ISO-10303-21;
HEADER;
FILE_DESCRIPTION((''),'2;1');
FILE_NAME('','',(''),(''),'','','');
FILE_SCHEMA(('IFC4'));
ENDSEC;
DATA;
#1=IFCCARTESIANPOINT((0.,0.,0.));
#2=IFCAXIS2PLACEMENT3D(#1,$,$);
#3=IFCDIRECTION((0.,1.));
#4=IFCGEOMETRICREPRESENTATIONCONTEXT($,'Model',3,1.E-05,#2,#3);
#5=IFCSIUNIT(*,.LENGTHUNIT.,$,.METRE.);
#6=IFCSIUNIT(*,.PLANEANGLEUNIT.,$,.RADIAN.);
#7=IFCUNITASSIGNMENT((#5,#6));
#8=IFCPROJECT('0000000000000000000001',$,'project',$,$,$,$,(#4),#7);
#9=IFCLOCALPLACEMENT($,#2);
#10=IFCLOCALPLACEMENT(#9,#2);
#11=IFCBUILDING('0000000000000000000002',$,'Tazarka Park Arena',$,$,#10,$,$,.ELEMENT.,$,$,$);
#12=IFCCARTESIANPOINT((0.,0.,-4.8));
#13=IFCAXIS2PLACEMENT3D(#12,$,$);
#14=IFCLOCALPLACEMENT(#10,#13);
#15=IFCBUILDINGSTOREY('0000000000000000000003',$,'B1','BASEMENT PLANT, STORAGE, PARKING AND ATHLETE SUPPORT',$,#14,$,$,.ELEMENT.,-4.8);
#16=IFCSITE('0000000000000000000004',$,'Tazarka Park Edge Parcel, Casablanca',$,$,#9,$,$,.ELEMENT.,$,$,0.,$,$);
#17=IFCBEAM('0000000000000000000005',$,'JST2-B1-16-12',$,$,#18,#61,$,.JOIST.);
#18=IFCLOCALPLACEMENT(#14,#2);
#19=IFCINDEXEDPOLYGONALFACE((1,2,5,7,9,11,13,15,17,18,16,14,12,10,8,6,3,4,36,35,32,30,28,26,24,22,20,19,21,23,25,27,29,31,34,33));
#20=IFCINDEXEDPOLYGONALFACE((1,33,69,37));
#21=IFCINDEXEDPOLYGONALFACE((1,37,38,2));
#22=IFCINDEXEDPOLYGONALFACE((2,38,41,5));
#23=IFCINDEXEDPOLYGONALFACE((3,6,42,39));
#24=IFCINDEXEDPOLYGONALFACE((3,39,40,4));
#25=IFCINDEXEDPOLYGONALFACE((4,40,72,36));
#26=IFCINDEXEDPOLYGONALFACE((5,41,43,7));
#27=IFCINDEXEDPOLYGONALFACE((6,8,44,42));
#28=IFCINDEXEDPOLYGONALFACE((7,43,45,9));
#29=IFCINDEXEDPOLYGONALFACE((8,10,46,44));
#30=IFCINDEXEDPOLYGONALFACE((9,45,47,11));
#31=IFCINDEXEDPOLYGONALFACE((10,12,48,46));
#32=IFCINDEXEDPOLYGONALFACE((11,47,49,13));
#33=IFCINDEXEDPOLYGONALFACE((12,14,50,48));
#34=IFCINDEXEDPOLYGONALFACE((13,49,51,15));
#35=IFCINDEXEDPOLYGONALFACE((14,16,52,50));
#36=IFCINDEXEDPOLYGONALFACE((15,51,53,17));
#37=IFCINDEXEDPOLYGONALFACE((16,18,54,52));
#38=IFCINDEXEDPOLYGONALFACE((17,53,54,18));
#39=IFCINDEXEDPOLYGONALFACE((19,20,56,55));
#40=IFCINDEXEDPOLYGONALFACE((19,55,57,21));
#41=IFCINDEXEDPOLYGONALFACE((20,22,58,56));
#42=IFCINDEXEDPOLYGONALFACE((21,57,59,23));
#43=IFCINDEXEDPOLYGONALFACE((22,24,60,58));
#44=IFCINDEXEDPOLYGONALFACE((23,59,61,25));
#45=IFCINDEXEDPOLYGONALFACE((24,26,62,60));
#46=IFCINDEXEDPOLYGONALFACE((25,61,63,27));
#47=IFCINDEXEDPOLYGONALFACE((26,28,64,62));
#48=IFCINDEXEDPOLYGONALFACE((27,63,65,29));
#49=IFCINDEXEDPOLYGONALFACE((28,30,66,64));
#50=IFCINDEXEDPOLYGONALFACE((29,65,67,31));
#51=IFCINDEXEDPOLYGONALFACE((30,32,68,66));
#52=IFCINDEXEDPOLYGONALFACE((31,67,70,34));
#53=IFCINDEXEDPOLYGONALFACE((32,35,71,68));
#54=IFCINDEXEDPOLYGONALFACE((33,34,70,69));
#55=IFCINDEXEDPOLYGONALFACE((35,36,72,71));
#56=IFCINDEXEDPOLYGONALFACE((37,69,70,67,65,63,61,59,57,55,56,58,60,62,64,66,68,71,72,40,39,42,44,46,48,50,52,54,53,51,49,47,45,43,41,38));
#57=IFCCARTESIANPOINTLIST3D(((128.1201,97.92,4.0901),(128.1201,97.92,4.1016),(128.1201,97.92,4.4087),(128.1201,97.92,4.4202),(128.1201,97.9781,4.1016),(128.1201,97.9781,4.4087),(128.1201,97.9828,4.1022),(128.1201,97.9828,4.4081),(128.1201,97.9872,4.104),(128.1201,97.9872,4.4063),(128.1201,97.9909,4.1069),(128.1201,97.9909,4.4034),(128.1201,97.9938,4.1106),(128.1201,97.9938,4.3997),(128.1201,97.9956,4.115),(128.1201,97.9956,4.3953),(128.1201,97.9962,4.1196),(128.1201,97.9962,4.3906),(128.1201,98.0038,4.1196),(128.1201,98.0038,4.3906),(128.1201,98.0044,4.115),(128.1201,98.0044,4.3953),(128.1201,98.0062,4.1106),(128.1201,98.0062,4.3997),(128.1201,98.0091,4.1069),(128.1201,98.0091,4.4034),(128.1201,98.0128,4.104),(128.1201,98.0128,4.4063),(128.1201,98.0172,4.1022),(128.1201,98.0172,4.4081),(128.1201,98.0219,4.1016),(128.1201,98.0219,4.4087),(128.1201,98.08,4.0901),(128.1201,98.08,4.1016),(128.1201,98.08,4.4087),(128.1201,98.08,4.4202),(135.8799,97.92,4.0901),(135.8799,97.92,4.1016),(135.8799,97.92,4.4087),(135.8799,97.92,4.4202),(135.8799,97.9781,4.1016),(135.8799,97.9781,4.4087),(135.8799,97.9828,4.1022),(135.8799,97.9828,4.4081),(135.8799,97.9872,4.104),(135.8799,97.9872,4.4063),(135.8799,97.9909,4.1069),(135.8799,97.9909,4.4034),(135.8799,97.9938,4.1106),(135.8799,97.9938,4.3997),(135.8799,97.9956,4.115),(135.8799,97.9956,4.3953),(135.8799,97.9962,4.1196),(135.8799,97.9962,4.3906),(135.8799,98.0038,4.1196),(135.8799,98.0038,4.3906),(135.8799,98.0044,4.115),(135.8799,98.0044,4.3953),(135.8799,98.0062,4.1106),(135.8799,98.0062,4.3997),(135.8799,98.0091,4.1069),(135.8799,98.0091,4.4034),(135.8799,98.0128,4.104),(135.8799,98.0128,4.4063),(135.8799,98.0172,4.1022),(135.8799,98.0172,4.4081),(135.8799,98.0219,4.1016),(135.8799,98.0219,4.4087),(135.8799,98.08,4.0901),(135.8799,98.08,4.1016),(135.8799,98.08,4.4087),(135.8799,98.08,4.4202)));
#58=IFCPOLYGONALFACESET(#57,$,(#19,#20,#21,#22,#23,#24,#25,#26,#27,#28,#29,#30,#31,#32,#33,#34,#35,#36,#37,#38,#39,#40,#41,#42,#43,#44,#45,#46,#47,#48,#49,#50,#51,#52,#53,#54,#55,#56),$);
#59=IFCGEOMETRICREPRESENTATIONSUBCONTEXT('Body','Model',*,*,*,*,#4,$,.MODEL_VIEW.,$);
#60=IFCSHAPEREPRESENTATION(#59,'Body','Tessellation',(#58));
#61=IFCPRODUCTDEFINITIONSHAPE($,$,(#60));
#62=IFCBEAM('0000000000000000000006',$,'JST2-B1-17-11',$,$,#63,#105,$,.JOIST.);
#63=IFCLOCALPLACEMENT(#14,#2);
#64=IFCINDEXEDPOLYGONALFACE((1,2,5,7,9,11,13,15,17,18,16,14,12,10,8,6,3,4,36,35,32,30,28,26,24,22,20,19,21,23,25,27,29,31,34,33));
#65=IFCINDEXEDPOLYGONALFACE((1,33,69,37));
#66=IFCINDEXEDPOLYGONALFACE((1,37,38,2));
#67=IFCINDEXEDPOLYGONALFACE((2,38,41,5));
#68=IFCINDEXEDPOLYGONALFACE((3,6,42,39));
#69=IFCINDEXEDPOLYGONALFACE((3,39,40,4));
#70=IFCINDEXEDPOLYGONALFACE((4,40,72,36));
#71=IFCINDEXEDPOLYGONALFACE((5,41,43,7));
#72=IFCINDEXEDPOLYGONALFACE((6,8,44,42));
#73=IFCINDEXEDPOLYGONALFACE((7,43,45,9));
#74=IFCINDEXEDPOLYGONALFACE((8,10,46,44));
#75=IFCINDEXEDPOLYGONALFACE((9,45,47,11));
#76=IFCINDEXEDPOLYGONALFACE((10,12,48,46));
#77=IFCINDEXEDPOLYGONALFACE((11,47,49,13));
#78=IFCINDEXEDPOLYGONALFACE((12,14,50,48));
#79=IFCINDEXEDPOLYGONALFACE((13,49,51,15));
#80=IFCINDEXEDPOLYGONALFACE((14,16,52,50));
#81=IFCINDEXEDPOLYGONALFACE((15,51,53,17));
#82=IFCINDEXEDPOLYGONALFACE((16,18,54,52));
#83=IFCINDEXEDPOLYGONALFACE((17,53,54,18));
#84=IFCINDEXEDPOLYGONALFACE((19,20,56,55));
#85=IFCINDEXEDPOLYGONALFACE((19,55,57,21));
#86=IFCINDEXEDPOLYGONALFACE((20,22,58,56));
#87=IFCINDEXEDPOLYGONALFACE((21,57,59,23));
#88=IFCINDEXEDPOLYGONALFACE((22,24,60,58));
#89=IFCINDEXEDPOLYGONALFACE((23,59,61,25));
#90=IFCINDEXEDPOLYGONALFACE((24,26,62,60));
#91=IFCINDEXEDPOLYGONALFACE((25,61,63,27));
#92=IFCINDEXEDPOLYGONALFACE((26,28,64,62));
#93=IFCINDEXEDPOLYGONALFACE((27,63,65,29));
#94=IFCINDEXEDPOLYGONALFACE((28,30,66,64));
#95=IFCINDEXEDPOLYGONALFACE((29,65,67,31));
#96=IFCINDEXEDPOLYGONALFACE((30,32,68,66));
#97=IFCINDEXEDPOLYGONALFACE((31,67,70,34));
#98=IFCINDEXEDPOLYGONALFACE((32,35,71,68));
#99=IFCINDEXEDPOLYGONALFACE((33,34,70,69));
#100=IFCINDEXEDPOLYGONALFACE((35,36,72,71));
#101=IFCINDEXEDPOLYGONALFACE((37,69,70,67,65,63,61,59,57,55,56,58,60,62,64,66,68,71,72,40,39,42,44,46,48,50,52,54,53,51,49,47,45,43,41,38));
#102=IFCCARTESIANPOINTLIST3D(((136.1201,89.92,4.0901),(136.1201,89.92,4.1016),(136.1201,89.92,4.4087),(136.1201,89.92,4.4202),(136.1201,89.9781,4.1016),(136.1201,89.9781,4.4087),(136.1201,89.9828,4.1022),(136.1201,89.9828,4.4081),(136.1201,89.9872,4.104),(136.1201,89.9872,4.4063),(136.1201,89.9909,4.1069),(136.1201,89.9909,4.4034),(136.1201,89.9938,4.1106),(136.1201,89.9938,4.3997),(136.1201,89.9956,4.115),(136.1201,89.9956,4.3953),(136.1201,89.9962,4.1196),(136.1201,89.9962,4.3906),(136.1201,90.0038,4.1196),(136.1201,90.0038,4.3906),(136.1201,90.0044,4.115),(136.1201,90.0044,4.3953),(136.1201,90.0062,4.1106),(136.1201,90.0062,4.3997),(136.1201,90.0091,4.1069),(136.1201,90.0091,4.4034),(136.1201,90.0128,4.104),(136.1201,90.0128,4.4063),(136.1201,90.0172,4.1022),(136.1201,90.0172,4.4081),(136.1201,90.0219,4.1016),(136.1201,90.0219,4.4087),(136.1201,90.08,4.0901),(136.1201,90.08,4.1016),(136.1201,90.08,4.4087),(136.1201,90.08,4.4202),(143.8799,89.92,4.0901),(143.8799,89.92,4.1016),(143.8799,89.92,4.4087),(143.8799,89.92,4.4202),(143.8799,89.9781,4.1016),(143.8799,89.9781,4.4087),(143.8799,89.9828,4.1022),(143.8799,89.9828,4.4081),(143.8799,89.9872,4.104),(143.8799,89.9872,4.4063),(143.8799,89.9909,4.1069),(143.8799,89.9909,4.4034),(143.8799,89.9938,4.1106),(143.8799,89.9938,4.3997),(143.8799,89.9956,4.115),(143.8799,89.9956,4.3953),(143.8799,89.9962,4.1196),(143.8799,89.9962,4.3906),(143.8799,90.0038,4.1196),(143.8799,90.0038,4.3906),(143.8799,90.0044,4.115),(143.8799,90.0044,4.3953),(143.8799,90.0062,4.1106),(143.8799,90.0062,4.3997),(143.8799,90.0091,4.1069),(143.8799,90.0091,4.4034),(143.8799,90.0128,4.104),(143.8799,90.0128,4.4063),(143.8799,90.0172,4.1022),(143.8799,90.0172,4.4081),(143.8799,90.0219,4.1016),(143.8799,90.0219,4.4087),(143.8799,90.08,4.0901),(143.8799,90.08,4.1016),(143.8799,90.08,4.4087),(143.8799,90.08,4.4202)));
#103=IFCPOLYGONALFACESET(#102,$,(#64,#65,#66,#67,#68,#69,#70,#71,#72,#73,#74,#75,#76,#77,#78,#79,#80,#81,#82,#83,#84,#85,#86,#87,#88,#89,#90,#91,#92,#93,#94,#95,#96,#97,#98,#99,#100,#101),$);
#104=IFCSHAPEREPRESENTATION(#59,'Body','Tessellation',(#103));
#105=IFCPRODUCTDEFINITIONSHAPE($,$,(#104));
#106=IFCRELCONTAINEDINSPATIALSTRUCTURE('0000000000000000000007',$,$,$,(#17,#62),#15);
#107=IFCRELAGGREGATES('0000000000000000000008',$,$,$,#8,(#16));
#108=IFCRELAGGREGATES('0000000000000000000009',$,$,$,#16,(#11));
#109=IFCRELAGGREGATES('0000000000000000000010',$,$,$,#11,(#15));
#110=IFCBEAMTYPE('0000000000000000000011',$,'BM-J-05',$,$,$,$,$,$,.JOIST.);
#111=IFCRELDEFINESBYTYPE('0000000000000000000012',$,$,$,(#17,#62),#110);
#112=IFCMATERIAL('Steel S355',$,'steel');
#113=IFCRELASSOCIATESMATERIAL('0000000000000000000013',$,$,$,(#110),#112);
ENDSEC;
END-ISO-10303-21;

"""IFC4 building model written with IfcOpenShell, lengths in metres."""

from ifc_helpers import new_model, si_unit, direction, frame, origin, origin_2d, place, context, subcontext, project, spatial, i_section, extrude, material, material_profile, profile_set, type_object, element, save


model = new_model("IFC4")

# Units and contexts
model_context = context("Model", 3, precision=1e-05, world=origin(), true_north=direction((0.0, 1.0)))
body_context = subcontext(model_context, "Body", "Model", "MODEL_VIEW")
ifc_project = project(units=[si_unit("LENGTHUNIT", "METRE"), si_unit("PLANEANGLEUNIT", "RADIAN")], contexts=[model_context])

# Site, building, storey
site_placement = place(None, origin())
site = spatial("IfcSite", under=ifc_project, at=site_placement, Name="Tazarka Park Edge Parcel, Casablanca", CompositionType="ELEMENT", RefElevation=0.0)
building_placement = place(site_placement, origin())
building = spatial("IfcBuilding", under=site, at=building_placement, Name="Tazarka Park Arena", CompositionType="ELEMENT")
storey_placement = place(building_placement, frame((0.0, 0.0, -4.8)))
storey = spatial("IfcBuildingStorey", under=building, at=storey_placement, Name="B1", Description="BASEMENT PLANT, STORAGE, PARKING AND ATHLETE SUPPORT", CompositionType="ELEMENT", Elevation=-4.8)

# Beams
ifc_material_1 = material(Name="Steel S355", Category="steel")
ifc_material_profile_1 = material_profile(ifc_material_1, i_section(OverallWidth=0.1599, OverallDepth=0.3301, WebThickness=0.0076, FlangeThickness=0.0115, FilletRadius=0.0181, at=origin_2d()), Name="Steel S355")
ifc_profile_set_1 = profile_set([ifc_material_profile_1], Name="Steel S355")
beam_type_1 = type_object("IfcBeamType", Name="BM-J-05", PredefinedType="JOIST", material=ifc_profile_set_1)
for number, where, z_axis, x_axis, name in (
    (1, (128.1201, 98.0, 4.2551), (1.0, 0.0, 0.0), (0.0, 1.0, 0.0), "JST2-B1-16-12"),
    (2, (136.1201, 90.0, 4.2551), (1.0, 0.0, 0.0), (0.0, 1.0, 0.0), "JST2-B1-17-11"),
):
    element("IfcBeam", number, at=place(storey_placement, frame(where, z_axis=z_axis, x_axis=x_axis)), inside=storey, type_object=beam_type_1, Name=name, PredefinedType="JOIST", context=body_context, shape_type="SweptSolid", body=[
        extrude(i_section(OverallWidth=0.1599, OverallDepth=0.3301, WebThickness=0.0076, FlangeThickness=0.0115, FilletRadius=0.0181, at=origin_2d()), origin(), (0.0, 0.0, 1.0), 7.7598),
    ])

save(model, "model.ifc")
